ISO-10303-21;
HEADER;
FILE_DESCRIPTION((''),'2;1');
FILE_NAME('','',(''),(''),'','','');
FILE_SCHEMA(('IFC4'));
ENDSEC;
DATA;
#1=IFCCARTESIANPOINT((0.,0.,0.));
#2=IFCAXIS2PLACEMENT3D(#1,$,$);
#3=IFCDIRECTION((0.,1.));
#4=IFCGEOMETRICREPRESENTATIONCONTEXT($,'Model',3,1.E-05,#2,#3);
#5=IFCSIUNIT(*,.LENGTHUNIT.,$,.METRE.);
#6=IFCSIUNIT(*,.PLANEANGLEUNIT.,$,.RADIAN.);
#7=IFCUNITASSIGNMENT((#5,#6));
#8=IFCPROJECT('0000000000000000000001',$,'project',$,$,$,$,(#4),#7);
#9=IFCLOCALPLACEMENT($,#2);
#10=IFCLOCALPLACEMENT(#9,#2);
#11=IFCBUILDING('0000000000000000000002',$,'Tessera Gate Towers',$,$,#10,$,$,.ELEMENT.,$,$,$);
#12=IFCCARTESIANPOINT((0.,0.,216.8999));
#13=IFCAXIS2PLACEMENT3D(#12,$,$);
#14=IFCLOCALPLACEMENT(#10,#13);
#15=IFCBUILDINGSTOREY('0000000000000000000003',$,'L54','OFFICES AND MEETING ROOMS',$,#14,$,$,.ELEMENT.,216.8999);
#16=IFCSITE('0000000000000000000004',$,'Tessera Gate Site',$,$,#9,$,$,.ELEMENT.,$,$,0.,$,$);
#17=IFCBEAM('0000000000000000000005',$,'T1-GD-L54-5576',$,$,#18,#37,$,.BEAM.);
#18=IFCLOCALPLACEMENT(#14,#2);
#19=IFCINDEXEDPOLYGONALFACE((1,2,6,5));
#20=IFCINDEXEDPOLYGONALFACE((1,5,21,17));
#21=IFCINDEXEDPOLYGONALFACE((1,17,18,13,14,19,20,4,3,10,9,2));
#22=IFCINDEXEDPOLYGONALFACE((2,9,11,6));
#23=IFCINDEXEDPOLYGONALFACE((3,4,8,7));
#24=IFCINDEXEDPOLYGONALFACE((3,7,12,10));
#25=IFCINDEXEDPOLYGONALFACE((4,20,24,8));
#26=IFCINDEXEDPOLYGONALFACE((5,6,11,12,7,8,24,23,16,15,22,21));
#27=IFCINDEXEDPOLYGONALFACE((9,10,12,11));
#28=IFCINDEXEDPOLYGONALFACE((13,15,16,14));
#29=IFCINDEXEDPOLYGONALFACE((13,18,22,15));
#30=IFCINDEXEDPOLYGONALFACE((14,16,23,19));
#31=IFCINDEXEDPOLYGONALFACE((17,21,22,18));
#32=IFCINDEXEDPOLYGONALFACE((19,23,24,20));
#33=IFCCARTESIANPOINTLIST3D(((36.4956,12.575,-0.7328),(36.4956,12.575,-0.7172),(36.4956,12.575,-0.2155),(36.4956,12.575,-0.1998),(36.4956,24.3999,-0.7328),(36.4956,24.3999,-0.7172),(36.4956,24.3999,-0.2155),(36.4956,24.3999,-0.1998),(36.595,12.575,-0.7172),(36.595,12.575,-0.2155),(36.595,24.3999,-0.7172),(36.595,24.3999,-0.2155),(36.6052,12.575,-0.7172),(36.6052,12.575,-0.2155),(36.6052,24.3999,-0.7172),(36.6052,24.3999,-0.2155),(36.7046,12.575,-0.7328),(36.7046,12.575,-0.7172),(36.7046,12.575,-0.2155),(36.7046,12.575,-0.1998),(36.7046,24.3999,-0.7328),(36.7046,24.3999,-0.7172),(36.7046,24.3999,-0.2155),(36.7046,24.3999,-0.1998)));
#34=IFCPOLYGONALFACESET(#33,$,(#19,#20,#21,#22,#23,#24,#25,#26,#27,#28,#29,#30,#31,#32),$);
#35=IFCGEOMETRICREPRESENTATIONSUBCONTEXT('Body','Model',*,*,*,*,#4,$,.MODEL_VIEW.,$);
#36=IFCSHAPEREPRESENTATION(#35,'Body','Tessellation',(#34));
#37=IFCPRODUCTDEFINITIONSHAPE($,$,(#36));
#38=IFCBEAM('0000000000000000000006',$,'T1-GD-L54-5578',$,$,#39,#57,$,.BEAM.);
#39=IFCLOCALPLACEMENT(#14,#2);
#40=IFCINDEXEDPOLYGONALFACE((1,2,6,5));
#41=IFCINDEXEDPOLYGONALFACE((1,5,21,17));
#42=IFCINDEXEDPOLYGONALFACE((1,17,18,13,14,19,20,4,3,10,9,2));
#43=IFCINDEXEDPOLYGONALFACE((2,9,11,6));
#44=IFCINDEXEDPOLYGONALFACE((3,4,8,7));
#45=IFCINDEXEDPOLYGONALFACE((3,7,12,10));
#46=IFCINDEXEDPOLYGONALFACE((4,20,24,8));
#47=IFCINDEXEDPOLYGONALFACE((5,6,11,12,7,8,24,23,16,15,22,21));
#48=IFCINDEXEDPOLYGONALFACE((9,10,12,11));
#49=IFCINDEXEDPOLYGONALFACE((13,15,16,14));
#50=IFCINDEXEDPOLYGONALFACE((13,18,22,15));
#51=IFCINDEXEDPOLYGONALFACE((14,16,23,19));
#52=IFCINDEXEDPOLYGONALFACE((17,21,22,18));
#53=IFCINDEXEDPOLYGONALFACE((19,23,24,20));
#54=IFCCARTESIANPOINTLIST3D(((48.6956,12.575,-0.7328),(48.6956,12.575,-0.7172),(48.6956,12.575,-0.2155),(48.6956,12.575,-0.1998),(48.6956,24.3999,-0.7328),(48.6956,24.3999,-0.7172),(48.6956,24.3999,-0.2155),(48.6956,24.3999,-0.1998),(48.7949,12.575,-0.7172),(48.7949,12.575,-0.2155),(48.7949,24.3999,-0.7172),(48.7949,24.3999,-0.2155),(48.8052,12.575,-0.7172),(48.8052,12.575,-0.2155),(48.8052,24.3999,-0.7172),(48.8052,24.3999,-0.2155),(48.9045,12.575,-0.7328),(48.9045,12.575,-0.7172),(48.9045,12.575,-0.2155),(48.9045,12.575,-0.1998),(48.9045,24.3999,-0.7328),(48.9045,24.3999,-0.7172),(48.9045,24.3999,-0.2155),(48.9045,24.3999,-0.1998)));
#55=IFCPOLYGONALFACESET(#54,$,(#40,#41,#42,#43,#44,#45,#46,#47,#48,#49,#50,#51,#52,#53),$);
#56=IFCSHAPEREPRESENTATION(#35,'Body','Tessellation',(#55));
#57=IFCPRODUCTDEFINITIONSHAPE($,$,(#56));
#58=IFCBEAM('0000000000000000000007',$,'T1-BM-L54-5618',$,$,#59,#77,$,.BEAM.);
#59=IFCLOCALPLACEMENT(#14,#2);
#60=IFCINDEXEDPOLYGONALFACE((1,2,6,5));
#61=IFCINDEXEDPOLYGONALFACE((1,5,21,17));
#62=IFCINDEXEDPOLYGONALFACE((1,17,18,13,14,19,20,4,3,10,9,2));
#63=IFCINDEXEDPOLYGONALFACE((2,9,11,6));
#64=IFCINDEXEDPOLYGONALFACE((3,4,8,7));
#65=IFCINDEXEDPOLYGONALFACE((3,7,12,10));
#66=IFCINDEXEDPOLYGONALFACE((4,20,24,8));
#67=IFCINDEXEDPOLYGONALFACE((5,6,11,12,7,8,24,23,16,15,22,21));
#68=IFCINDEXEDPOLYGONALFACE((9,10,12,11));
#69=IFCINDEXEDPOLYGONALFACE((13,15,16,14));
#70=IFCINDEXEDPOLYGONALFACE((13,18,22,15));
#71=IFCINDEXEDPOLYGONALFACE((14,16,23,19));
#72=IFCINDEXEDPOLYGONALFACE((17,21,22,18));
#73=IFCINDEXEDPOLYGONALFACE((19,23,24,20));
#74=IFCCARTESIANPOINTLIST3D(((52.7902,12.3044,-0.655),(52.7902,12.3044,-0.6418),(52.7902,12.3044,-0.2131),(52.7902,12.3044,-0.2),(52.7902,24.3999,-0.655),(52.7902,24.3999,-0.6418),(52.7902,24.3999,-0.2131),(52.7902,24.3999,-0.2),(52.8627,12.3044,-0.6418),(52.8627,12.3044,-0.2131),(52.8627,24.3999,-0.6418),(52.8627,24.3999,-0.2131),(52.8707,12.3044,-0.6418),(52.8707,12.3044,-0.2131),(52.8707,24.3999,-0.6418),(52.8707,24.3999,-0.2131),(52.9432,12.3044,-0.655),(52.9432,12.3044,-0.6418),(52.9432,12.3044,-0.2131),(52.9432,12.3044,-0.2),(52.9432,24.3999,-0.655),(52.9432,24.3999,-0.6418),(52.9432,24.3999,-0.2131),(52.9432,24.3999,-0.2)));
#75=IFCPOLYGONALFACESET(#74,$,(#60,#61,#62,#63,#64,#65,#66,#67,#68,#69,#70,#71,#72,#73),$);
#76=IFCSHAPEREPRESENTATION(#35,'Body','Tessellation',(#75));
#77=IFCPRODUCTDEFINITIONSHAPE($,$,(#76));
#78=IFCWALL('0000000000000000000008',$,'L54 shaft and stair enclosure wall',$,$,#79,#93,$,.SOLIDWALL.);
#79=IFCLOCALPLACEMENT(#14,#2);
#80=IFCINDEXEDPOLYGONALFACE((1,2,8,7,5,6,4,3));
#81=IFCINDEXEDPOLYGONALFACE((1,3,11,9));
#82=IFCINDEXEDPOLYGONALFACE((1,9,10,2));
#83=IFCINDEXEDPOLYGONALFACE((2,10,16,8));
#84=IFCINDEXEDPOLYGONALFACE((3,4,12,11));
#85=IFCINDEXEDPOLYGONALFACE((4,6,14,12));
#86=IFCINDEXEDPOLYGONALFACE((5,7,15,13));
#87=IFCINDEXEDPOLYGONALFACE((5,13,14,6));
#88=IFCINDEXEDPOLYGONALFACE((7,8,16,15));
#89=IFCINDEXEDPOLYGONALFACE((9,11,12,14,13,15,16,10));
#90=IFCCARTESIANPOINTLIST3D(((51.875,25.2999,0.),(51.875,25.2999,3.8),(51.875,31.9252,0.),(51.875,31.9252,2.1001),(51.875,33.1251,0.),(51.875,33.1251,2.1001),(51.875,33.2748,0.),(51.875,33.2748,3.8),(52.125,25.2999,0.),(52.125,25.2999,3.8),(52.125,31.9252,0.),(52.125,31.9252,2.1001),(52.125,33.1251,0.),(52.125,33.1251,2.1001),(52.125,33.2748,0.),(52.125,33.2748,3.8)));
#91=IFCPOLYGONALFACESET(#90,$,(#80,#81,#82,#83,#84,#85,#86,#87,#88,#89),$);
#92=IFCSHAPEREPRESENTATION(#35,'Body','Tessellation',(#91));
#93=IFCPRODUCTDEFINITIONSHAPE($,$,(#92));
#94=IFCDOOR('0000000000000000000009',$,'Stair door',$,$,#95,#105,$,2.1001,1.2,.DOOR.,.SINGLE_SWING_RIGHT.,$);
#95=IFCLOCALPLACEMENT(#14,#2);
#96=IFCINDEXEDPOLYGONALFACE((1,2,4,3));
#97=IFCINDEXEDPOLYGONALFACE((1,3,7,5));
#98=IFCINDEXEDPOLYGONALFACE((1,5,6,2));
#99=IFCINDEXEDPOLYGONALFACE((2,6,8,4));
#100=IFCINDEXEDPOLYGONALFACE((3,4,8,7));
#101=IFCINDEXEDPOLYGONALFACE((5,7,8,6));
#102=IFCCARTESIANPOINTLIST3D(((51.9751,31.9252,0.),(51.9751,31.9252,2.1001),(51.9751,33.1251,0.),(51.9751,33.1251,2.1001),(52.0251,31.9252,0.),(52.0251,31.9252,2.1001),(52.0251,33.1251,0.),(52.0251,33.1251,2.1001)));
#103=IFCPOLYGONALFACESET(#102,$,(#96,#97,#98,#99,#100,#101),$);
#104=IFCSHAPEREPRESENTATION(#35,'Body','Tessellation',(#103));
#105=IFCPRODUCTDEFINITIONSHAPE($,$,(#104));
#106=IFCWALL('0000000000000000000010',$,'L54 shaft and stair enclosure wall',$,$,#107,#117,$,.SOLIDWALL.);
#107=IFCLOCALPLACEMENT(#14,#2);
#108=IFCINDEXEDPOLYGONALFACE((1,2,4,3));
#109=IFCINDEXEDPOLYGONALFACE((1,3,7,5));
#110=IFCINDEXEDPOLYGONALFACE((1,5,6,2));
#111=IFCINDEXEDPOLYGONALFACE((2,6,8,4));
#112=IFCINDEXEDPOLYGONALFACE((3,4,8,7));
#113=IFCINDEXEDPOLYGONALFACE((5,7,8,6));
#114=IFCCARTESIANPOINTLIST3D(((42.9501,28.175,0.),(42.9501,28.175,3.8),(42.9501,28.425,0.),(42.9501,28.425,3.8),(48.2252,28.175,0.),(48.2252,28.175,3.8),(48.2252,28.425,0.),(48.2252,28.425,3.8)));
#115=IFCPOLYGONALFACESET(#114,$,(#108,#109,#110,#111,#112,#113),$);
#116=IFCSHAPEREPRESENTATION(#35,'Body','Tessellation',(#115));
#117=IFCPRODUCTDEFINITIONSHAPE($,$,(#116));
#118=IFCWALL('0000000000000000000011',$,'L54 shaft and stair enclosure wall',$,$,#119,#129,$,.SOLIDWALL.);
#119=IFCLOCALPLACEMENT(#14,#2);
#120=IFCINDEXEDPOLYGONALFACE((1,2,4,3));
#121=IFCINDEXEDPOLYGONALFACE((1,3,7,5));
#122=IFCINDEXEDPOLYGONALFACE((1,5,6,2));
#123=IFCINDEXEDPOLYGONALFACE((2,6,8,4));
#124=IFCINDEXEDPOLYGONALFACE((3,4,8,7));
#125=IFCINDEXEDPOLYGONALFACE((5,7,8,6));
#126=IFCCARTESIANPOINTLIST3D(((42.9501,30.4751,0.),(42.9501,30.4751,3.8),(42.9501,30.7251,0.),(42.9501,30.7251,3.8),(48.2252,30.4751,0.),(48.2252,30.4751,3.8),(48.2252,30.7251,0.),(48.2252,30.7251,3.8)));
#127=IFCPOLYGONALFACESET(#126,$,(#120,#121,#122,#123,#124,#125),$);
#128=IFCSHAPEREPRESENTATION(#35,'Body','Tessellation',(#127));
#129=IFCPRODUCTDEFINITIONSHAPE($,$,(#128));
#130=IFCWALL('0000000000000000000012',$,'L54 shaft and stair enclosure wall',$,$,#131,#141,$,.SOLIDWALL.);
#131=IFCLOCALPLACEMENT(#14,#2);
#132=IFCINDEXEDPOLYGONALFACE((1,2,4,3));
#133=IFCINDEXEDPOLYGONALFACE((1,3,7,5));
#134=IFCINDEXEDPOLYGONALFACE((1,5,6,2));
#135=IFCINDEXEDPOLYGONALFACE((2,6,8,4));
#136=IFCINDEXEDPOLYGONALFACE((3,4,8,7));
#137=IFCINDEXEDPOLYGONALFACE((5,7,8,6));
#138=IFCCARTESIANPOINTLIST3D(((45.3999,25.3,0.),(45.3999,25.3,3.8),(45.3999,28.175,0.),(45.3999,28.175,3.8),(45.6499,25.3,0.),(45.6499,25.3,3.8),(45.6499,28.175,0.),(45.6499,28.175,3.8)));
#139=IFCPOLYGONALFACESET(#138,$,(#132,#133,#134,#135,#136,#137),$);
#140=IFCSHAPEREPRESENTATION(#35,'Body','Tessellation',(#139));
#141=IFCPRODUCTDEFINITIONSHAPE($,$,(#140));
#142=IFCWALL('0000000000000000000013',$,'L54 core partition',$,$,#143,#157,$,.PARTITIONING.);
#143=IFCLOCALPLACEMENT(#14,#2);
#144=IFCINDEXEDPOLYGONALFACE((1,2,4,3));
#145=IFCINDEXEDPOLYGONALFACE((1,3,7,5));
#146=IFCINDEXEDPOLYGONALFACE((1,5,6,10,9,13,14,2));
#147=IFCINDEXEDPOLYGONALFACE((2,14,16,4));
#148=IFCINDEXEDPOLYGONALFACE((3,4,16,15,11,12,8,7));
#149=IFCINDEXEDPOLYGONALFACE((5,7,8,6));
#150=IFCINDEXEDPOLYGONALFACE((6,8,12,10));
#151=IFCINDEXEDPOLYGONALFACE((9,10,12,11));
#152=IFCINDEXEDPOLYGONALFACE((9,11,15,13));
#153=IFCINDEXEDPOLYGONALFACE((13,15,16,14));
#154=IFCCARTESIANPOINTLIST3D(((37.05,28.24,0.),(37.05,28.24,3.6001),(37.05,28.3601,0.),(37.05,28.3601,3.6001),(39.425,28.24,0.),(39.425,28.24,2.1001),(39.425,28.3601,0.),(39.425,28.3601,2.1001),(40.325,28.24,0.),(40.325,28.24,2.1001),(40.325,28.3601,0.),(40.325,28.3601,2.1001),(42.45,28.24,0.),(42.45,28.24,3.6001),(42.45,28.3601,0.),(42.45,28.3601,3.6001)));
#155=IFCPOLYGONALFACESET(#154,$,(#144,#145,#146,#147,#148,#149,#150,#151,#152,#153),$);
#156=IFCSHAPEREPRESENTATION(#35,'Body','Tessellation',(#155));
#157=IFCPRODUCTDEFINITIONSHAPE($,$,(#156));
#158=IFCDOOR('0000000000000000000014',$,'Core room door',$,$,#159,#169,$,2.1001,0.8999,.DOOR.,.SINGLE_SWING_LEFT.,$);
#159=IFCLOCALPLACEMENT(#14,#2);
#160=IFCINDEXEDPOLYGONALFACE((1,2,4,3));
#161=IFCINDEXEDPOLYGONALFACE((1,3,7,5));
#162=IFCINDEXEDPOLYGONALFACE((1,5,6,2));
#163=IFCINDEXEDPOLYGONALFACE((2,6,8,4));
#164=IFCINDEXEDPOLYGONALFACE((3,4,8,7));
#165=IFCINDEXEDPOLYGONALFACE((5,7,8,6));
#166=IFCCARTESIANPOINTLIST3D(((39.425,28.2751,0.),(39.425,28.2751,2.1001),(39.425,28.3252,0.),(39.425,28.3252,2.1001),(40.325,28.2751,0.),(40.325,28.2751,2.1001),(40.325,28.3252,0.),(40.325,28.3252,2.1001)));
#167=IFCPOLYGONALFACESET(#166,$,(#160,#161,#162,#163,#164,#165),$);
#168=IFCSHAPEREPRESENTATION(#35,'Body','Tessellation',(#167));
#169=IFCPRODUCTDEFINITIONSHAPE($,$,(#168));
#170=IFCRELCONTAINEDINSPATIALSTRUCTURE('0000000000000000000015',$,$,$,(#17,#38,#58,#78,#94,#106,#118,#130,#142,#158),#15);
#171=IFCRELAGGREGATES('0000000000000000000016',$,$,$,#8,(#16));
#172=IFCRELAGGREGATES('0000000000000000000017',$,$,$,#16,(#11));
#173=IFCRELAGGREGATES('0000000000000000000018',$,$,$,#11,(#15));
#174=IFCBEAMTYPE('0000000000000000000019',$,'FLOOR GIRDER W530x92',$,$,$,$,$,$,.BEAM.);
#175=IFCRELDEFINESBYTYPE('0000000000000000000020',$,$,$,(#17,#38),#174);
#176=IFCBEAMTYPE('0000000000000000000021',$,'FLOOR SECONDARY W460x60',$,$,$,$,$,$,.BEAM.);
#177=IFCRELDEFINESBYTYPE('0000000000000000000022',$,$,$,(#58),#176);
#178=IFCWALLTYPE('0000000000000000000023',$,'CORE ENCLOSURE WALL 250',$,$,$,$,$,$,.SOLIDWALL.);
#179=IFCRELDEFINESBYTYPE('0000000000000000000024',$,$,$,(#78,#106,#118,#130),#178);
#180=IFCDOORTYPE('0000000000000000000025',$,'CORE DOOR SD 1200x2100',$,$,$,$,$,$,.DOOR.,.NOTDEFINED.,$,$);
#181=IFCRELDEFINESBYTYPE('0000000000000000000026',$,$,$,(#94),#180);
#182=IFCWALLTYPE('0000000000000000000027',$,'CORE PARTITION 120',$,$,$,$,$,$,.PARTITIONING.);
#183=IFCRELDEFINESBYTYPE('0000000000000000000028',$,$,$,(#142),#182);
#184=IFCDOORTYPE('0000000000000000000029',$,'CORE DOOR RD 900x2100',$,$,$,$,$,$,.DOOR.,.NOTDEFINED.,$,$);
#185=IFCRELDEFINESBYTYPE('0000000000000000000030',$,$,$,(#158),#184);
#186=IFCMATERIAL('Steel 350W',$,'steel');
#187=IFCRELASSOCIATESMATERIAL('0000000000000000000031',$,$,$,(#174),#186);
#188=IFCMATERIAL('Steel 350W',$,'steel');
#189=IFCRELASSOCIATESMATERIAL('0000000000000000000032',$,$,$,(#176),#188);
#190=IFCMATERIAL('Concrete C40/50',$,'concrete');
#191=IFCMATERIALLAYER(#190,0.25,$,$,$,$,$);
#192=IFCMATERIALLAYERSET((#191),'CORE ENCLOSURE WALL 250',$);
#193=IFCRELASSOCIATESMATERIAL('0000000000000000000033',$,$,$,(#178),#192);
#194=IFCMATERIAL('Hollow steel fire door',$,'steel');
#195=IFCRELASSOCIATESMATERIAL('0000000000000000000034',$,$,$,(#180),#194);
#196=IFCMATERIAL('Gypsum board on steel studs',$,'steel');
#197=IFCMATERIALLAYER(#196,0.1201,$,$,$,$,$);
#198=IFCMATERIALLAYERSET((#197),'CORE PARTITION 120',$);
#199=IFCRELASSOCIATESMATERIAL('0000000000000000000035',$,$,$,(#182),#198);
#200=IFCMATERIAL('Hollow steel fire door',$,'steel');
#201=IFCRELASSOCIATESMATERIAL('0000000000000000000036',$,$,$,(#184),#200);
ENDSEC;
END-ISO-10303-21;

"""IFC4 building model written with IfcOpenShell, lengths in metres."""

from ifc_helpers import new_model, si_unit, direction, frame, frame_2d, origin, origin_2d, place, context, subcontext, project, spatial, rectangle, i_section, extrude, source, transform, mapped, material, layer, layer_set, material_profile, profile_set, type_object, element, fill, save


model = new_model("IFC4")

# Units and contexts
model_context = context("Model", 3, precision=1e-05, world=origin(), true_north=direction((0.0, 1.0)))
body_context = subcontext(model_context, "Body", "Model", "MODEL_VIEW")
ifc_project = project(units=[si_unit("LENGTHUNIT", "METRE"), si_unit("PLANEANGLEUNIT", "RADIAN")], contexts=[model_context])

# Site, building, storey
site_placement = place(None, origin())
site = spatial("IfcSite", under=ifc_project, at=site_placement, Name="Tessera Gate Site", CompositionType="ELEMENT", RefElevation=0.0)
building_placement = place(site_placement, origin())
building = spatial("IfcBuilding", under=site, at=building_placement, Name="Tessera Gate Towers", CompositionType="ELEMENT")
storey_placement = place(building_placement, frame((0.0, 0.0, 216.8999)))
storey = spatial("IfcBuildingStorey", under=building, at=storey_placement, Name="L54", Description="OFFICES AND MEETING ROOMS", CompositionType="ELEMENT", Elevation=216.8999)

# Beams
ifc_material_1 = material(Name="Steel 350W", Category="steel")
ifc_material_profile_1 = material_profile(ifc_material_1, i_section(OverallWidth=0.209, OverallDepth=0.533, WebThickness=0.0103, FlangeThickness=0.0156, at=origin_2d()), Name="W530x92")
ifc_profile_set_1 = profile_set([ifc_material_profile_1], Name="Steel 350W")
beam_type_1 = type_object("IfcBeamType", Name="FLOOR GIRDER W530x92", PredefinedType="BEAM", material=ifc_profile_set_1)
for number, where, z_axis, x_axis, name in (
    (1, (36.6001, 12.575, -0.4663), (0.0, 1.0, 0.0), (-1.0, 0.0, 0.0), "T1-GD-L54-5576"),
    (2, (48.8, 12.575, -0.4663), (0.0, 1.0, 0.0), (-1.0, 0.0, 0.0), "T1-GD-L54-5578"),
):
    element("IfcBeam", number, at=place(storey_placement, frame(where, z_axis=z_axis, x_axis=x_axis)), inside=storey, type_object=beam_type_1, Name=name, PredefinedType="BEAM", context=body_context, shape_type="SweptSolid", body=[
        extrude(i_section(OverallWidth=0.209, OverallDepth=0.533, WebThickness=0.0103, FlangeThickness=0.0156, at=origin_2d()), origin(), (0.0, 0.0, 1.0), 11.825),
    ])
ifc_material_2 = material(Name="Steel 350W", Category="steel")
ifc_material_profile_2 = material_profile(ifc_material_2, i_section(OverallWidth=0.1531, OverallDepth=0.4551, WebThickness=0.0081, FlangeThickness=0.0132, at=origin_2d()), Name="W460x60")
ifc_profile_set_2 = profile_set([ifc_material_profile_2], Name="Steel 350W")
beam_type_2 = type_object("IfcBeamType", Name="FLOOR SECONDARY W460x60", PredefinedType="BEAM", material=ifc_profile_set_2)
beam_placement = place(storey_placement, frame((52.8667, 12.3044, -0.4275), z_axis=(0.0, 1.0, 0.0), x_axis=(-1.0, 0.0, 0.0)))
element("IfcBeam", 3, at=beam_placement, inside=storey, type_object=beam_type_2, Name="T1-BM-L54-5618", PredefinedType="BEAM", context=body_context, shape_type="SweptSolid", body=[
    extrude(i_section(OverallWidth=0.1531, OverallDepth=0.4551, WebThickness=0.0081, FlangeThickness=0.0132, at=origin_2d()), origin(), (0.0, 0.0, 1.0), 12.0955),
])

# Wall, opening, door
ifc_material_3 = material(Name="Concrete C40/50", Category="concrete")
ifc_layer_1 = layer(ifc_material_3, 0.25)
ifc_layer_set_1 = layer_set([ifc_layer_1], Name="CORE ENCLOSURE WALL 250")
wall_type_1 = type_object("IfcWallType", Name="CORE ENCLOSURE WALL 250", PredefinedType="SOLIDWALL", material=ifc_layer_set_1)
wall_1_placement = place(storey_placement, frame((52.0, 25.3, 0.0), z_axis=(0.0, 0.0, 1.0), x_axis=(0.0, 1.0, 0.0)))
wall_1 = element("IfcWall", 4, at=wall_1_placement, inside=storey, type_object=wall_type_1, Name="L54 shaft and stair enclosure wall", PredefinedType="SOLIDWALL", context=body_context, shape_type="SweptSolid", body=[
    extrude(rectangle(XDim=7.9749, YDim=0.25, at=frame_2d((3.9873, 0.0))), origin(), (0.0, 0.0, 1.0), 3.8),
])
shared_shape_1 = source(origin(), body_context, "Body", "SweptSolid", [
    extrude(rectangle(XDim=1.2, YDim=2.1001, at=frame_2d((0.6001, 1.05))), frame((0.0, 0.135, 0.0), z_axis=(0.0, -1.0, 0.0), x_axis=(1.0, 0.0, 0.0)), (0.0, 0.0, 1.0), 0.27),
])
opening_1_placement = place(wall_1_placement, frame((6.625, 0.0, 0.0)))
opening_1 = element("IfcOpeningElement", 5, at=opening_1_placement, cuts=wall_1, PredefinedType="OPENING", context=body_context, shape_type="MappedRepresentation", body=[
    mapped(shared_shape_1, transform((0.0, 0.0, 0.0), scale=1.0)),
])
ifc_material_4 = material(Name="Hollow steel fire door", Category="steel")
door_type_1 = type_object("IfcDoorType", Name="CORE DOOR SD 1200x2100", OperationType="NOTDEFINED", PredefinedType="DOOR", material=ifc_material_4)
shared_shape_2 = source(origin(), body_context, "Body", "SweptSolid", [
    extrude(rectangle(XDim=1.2, YDim=2.1001, at=frame_2d((0.6001, 1.05))), frame((0.0, 0.0249, 0.0), z_axis=(0.0, -1.0, 0.0), x_axis=(1.0, 0.0, 0.0)), (0.0, 0.0, 1.0), 0.05),
])
door_1_placement = place(opening_1_placement, origin())
door_1 = element("IfcDoor", 6, at=door_1_placement, inside=storey, type_object=door_type_1, Name="Stair door", OperationType="SINGLE_SWING_RIGHT", OverallHeight=2.1001, OverallWidth=1.2, PredefinedType="DOOR", context=body_context, shape_type="MappedRepresentation", body=[
    mapped(shared_shape_2, transform((0.0, 0.0, 0.0), scale=1.0)),
])
fill(opening_1, door_1)

# Walls
for number, where, z_axis, x_axis, name in (
    (7, (42.95, 28.3, 0.0), (0.0, 0.0, 1.0), (1.0, 0.0, 0.0), "L54 shaft and stair enclosure wall"),
    (8, (42.95, 30.6001, 0.0), (0.0, 0.0, 1.0), (1.0, 0.0, 0.0), "L54 shaft and stair enclosure wall"),
):
    element("IfcWall", number, at=place(storey_placement, frame(where, z_axis=z_axis, x_axis=x_axis)), inside=storey, type_object=wall_type_1, Name=name, PredefinedType="SOLIDWALL", context=body_context, shape_type="SweptSolid", body=[
        extrude(rectangle(XDim=5.2751, YDim=0.25, at=frame_2d((2.6377, 0.0))), origin(), (0.0, 0.0, 1.0), 3.8),
    ])
wall_2_placement = place(storey_placement, frame((45.5249, 25.3, 0.0), z_axis=(0.0, 0.0, 1.0), x_axis=(0.0, 1.0, 0.0)))
element("IfcWall", 9, at=wall_2_placement, inside=storey, type_object=wall_type_1, Name="L54 shaft and stair enclosure wall", PredefinedType="SOLIDWALL", context=body_context, shape_type="SweptSolid", body=[
    extrude(rectangle(XDim=2.875, YDim=0.25, at=frame_2d((1.4375, 0.0))), origin(), (0.0, 0.0, 1.0), 3.8),
])

# Wall, opening, door
ifc_material_5 = material(Name="Gypsum board on steel studs", Category="steel")
ifc_layer_2 = layer(ifc_material_5, 0.1201)
ifc_layer_set_2 = layer_set([ifc_layer_2], Name="CORE PARTITION 120")
wall_type_2 = type_object("IfcWallType", Name="CORE PARTITION 120", PredefinedType="PARTITIONING", material=ifc_layer_set_2)
wall_3_placement = place(storey_placement, frame((42.45, 28.3, 0.0), z_axis=(0.0, 0.0, 1.0), x_axis=(-1.0, 0.0, 0.0)))
wall_3 = element("IfcWall", 10, at=wall_3_placement, inside=storey, type_object=wall_type_2, Name="L54 core partition", PredefinedType="PARTITIONING", context=body_context, shape_type="SweptSolid", body=[
    extrude(rectangle(XDim=5.3999, YDim=0.1201, at=frame_2d((2.7, 0.0))), origin(), (0.0, 0.0, 1.0), 3.6001),
])
shared_shape_3 = source(origin(), body_context, "Body", "SweptSolid", [
    extrude(rectangle(XDim=0.8999, YDim=2.1001, at=frame_2d((0.45, 1.05))), frame((0.0, 0.0701, 0.0), z_axis=(0.0, -1.0, 0.0), x_axis=(1.0, 0.0, 0.0)), (0.0, 0.0, 1.0), 0.1401),
])
opening_2_placement = place(wall_3_placement, frame((2.125, 0.0, 0.0)))
opening_2 = element("IfcOpeningElement", 11, at=opening_2_placement, cuts=wall_3, PredefinedType="OPENING", context=body_context, shape_type="MappedRepresentation", body=[
    mapped(shared_shape_3, transform((0.0, 0.0, 0.0), scale=1.0)),
])
ifc_material_6 = material(Name="Hollow steel fire door", Category="steel")
door_type_2 = type_object("IfcDoorType", Name="CORE DOOR RD 900x2100", OperationType="NOTDEFINED", PredefinedType="DOOR", material=ifc_material_6)
shared_shape_4 = source(origin(), body_context, "Body", "SweptSolid", [
    extrude(rectangle(XDim=0.8999, YDim=2.1001, at=frame_2d((0.45, 1.05))), frame((0.0, 0.0249, 0.0), z_axis=(0.0, -1.0, 0.0), x_axis=(1.0, 0.0, 0.0)), (0.0, 0.0, 1.0), 0.05),
])
door_2_placement = place(opening_2_placement, origin())
door_2 = element("IfcDoor", 12, at=door_2_placement, inside=storey, type_object=door_type_2, Name="Core room door", OperationType="SINGLE_SWING_LEFT", OverallHeight=2.1001, OverallWidth=0.8999, PredefinedType="DOOR", context=body_context, shape_type="MappedRepresentation", body=[
    mapped(shared_shape_4, transform((0.0, 0.0, 0.0), scale=1.0)),
])
fill(opening_2, door_2)

save(model, "model.ifc")
